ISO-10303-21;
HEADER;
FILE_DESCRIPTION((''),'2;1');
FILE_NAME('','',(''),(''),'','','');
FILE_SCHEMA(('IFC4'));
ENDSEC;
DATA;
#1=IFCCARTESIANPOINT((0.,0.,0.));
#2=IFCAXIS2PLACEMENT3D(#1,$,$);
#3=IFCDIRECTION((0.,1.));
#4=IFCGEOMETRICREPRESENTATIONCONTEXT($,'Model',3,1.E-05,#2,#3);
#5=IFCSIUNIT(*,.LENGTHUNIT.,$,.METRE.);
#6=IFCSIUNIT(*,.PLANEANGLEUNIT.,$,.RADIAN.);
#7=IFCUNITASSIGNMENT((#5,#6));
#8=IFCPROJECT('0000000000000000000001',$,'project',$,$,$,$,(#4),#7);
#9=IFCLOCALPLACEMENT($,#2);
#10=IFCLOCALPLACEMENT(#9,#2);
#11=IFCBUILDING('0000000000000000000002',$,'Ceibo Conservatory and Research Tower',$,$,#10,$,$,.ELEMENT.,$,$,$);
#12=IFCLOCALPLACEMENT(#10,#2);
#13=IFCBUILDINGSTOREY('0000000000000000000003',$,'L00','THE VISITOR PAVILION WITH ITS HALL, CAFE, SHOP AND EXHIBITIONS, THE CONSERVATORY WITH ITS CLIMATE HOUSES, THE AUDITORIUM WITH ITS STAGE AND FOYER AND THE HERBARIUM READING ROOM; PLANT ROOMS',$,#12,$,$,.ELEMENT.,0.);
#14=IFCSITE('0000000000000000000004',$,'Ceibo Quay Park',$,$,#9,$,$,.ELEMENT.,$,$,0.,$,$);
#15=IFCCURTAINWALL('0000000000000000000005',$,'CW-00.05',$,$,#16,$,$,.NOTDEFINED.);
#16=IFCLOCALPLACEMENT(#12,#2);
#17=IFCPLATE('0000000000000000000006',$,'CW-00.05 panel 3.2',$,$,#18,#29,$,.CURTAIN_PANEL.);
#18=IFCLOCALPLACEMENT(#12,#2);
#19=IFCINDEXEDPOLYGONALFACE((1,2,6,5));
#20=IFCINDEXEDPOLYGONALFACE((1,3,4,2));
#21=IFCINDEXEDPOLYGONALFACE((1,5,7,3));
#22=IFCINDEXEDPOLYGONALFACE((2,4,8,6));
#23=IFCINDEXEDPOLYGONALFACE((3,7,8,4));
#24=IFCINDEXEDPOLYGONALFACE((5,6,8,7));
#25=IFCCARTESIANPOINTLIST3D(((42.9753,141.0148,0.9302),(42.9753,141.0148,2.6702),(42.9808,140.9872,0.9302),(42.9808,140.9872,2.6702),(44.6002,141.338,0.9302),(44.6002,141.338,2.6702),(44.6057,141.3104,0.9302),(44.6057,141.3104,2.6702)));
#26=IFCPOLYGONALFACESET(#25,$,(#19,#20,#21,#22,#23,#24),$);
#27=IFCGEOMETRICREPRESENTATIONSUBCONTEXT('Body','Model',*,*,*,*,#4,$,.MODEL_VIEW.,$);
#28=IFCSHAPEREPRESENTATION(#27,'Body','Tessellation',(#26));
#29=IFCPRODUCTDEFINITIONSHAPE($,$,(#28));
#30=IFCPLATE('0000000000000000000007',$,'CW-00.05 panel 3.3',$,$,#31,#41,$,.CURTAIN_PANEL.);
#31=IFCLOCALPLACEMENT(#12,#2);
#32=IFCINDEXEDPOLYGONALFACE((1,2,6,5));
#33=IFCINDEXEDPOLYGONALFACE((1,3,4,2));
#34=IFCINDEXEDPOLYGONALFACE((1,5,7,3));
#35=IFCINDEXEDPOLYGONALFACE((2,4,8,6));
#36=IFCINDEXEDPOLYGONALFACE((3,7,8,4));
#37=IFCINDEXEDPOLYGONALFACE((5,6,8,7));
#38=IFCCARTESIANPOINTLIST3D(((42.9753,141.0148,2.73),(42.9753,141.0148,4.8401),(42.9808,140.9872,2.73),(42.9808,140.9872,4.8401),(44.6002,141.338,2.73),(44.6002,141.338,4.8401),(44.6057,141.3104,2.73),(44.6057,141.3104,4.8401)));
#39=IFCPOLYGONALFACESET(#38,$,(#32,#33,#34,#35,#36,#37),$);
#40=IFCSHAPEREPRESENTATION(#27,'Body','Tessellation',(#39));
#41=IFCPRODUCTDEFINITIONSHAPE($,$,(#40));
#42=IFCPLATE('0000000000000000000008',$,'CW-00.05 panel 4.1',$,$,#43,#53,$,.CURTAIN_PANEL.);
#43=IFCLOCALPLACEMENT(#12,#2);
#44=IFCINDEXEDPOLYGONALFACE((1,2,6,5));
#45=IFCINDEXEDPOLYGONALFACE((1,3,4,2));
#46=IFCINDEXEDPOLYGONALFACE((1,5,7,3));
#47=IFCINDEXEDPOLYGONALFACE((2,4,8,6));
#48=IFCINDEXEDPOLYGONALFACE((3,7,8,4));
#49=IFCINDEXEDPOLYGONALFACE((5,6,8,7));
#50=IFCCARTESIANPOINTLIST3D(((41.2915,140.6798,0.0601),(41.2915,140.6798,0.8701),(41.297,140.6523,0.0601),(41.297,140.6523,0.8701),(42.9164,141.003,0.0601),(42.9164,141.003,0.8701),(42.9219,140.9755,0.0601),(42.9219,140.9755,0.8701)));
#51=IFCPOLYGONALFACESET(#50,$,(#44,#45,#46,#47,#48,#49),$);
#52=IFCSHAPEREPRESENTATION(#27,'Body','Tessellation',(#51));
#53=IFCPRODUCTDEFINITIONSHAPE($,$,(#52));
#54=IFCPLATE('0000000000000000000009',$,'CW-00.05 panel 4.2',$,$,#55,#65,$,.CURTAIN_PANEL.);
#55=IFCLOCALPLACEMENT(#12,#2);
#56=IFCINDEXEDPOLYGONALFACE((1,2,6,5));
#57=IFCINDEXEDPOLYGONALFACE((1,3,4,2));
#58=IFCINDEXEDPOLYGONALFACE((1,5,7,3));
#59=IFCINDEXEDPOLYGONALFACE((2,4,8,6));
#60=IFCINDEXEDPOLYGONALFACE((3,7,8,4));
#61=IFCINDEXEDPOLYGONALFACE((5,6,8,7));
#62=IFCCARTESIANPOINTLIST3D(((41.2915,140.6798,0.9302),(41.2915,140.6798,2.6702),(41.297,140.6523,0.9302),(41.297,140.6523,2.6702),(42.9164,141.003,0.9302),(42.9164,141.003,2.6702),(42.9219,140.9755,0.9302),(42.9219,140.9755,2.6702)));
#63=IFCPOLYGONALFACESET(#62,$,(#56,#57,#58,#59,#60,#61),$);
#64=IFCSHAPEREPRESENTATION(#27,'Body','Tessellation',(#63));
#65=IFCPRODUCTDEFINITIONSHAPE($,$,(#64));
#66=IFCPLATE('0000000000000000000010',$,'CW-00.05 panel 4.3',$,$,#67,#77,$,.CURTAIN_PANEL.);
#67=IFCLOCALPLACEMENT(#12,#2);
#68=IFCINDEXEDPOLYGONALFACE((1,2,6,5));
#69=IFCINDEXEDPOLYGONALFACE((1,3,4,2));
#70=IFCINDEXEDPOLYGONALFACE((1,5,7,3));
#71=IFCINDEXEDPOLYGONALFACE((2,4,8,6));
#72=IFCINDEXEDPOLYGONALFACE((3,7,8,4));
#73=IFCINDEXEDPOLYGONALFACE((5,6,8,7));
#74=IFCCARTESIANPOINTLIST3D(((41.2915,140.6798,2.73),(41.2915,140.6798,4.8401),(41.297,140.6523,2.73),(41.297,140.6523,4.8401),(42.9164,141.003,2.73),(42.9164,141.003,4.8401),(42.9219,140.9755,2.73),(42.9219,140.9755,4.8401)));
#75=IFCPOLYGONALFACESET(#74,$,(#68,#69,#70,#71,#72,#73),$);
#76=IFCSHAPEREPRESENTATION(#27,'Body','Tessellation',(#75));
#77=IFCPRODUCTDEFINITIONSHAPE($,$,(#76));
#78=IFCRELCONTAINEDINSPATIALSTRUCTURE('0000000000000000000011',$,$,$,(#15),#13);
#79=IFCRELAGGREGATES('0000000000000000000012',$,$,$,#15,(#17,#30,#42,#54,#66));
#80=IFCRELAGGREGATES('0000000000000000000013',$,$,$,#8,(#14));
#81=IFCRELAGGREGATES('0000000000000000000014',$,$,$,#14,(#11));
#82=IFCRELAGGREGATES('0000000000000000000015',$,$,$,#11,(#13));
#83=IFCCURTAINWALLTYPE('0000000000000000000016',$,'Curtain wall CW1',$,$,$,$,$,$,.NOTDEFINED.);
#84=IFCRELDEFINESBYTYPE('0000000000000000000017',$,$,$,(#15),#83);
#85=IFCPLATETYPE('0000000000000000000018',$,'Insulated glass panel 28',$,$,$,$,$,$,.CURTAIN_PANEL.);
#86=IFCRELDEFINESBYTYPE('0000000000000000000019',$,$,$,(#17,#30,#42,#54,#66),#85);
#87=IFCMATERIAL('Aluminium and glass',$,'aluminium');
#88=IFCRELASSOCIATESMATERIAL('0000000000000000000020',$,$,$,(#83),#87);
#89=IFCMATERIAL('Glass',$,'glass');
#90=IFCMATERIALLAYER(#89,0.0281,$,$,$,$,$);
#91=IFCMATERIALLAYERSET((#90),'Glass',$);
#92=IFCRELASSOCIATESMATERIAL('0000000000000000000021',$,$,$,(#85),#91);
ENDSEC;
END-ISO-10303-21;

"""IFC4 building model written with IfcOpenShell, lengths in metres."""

from ifc_helpers import new_model, si_unit, direction, frame, origin, origin_2d, place, context, subcontext, project, spatial, rectangle, extrude, material, layer, layer_set, type_object, element, aggregate, save


model = new_model("IFC4")

# Units and contexts
model_context = context("Model", 3, precision=1e-05, world=origin(), true_north=direction((0.0, 1.0)))
body_context = subcontext(model_context, "Body", "Model", "MODEL_VIEW")
ifc_project = project(units=[si_unit("LENGTHUNIT", "METRE"), si_unit("PLANEANGLEUNIT", "RADIAN")], contexts=[model_context])

# Site, building, storey
site_placement = place(None, origin())
site = spatial("IfcSite", under=ifc_project, at=site_placement, Name="Ceibo Quay Park", CompositionType="ELEMENT", RefElevation=0.0)
building_placement = place(site_placement, origin())
building = spatial("IfcBuilding", under=site, at=building_placement, Name="Ceibo Conservatory and Research Tower", CompositionType="ELEMENT")
storey_placement = place(building_placement, origin())
storey = spatial("IfcBuildingStorey", under=building, at=storey_placement, Name="L00", Description="THE VISITOR PAVILION WITH ITS HALL, CAFE, SHOP AND EXHIBITIONS, THE CONSERVATORY WITH ITS CLIMATE HOUSES, THE AUDITORIUM WITH ITS STAGE AND FOYER AND THE HERBARIUM READING ROOM; PLANT ROOMS", CompositionType="ELEMENT", Elevation=0.0)

# Curtain wall
ifc_material_1 = material(Name="Aluminium and glass", Category="aluminium")
curtain_wall_type = type_object("IfcCurtainWallType", Name="Curtain wall CW1", PredefinedType="NOTDEFINED", material=ifc_material_1)
curtain_wall_placement = place(storey_placement, origin())
curtain_wall = element("IfcCurtainWall", 1, at=curtain_wall_placement, inside=storey, type_object=curtain_wall_type, Name="CW-00.05", PredefinedType="NOTDEFINED")

# Plates
ifc_material_2 = material(Name="Glass", Category="glass")
ifc_layer = layer(ifc_material_2, 0.0281)
ifc_layer_set = layer_set([ifc_layer], Name="Glass")
plate_type = type_object("IfcPlateType", Name="Insulated glass panel 28", PredefinedType="CURTAIN_PANEL", material=ifc_layer_set)
plate_1_placement = place(storey_placement, frame((43.7905, 141.1626, 0.9302), z_axis=(0.0, 0.0, 1.0), x_axis=(-0.980785, -0.19509, 0.0)))
plate_1 = element("IfcPlate", 2, at=plate_1_placement, type_object=plate_type, Name="CW-00.05 panel 3.2", PredefinedType="CURTAIN_PANEL", context=body_context, shape_type="SweptSolid", body=[
    extrude(rectangle(XDim=1.6567, YDim=0.0281, at=origin_2d()), origin(), (0.0, 0.0, 1.0), 1.74),
])
plate_2_placement = place(storey_placement, frame((43.7905, 141.1626, 2.73), z_axis=(0.0, 0.0, 1.0), x_axis=(-0.980785, -0.19509, 0.0)))
plate_2 = element("IfcPlate", 3, at=plate_2_placement, type_object=plate_type, Name="CW-00.05 panel 3.3", PredefinedType="CURTAIN_PANEL", context=body_context, shape_type="SweptSolid", body=[
    extrude(rectangle(XDim=1.6567, YDim=0.0281, at=origin_2d()), origin(), (0.0, 0.0, 1.0), 2.1101),
])
plate_3_placement = place(storey_placement, frame((42.1067, 140.8276, 0.0601), z_axis=(0.0, 0.0, 1.0), x_axis=(-0.980785, -0.19509, 0.0)))
plate_3 = element("IfcPlate", 4, at=plate_3_placement, type_object=plate_type, Name="CW-00.05 panel 4.1", PredefinedType="CURTAIN_PANEL", context=body_context, shape_type="SweptSolid", body=[
    extrude(rectangle(XDim=1.6567, YDim=0.0281, at=origin_2d()), origin(), (0.0, 0.0, 1.0), 0.8101),
])
plate_4_placement = place(storey_placement, frame((42.1067, 140.8276, 0.9302), z_axis=(0.0, 0.0, 1.0), x_axis=(-0.980785, -0.19509, 0.0)))
plate_4 = element("IfcPlate", 5, at=plate_4_placement, type_object=plate_type, Name="CW-00.05 panel 4.2", PredefinedType="CURTAIN_PANEL", context=body_context, shape_type="SweptSolid", body=[
    extrude(rectangle(XDim=1.6567, YDim=0.0281, at=origin_2d()), origin(), (0.0, 0.0, 1.0), 1.74),
])
plate_5_placement = place(storey_placement, frame((42.1067, 140.8276, 2.73), z_axis=(0.0, 0.0, 1.0), x_axis=(-0.980785, -0.19509, 0.0)))
plate_5 = element("IfcPlate", 6, at=plate_5_placement, type_object=plate_type, Name="CW-00.05 panel 4.3", PredefinedType="CURTAIN_PANEL", context=body_context, shape_type="SweptSolid", body=[
    extrude(rectangle(XDim=1.6567, YDim=0.0281, at=origin_2d()), origin(), (0.0, 0.0, 1.0), 2.1101),
])
aggregate(curtain_wall, [plate_1, plate_2, plate_3, plate_4, plate_5])

save(model, "model.ifc")
